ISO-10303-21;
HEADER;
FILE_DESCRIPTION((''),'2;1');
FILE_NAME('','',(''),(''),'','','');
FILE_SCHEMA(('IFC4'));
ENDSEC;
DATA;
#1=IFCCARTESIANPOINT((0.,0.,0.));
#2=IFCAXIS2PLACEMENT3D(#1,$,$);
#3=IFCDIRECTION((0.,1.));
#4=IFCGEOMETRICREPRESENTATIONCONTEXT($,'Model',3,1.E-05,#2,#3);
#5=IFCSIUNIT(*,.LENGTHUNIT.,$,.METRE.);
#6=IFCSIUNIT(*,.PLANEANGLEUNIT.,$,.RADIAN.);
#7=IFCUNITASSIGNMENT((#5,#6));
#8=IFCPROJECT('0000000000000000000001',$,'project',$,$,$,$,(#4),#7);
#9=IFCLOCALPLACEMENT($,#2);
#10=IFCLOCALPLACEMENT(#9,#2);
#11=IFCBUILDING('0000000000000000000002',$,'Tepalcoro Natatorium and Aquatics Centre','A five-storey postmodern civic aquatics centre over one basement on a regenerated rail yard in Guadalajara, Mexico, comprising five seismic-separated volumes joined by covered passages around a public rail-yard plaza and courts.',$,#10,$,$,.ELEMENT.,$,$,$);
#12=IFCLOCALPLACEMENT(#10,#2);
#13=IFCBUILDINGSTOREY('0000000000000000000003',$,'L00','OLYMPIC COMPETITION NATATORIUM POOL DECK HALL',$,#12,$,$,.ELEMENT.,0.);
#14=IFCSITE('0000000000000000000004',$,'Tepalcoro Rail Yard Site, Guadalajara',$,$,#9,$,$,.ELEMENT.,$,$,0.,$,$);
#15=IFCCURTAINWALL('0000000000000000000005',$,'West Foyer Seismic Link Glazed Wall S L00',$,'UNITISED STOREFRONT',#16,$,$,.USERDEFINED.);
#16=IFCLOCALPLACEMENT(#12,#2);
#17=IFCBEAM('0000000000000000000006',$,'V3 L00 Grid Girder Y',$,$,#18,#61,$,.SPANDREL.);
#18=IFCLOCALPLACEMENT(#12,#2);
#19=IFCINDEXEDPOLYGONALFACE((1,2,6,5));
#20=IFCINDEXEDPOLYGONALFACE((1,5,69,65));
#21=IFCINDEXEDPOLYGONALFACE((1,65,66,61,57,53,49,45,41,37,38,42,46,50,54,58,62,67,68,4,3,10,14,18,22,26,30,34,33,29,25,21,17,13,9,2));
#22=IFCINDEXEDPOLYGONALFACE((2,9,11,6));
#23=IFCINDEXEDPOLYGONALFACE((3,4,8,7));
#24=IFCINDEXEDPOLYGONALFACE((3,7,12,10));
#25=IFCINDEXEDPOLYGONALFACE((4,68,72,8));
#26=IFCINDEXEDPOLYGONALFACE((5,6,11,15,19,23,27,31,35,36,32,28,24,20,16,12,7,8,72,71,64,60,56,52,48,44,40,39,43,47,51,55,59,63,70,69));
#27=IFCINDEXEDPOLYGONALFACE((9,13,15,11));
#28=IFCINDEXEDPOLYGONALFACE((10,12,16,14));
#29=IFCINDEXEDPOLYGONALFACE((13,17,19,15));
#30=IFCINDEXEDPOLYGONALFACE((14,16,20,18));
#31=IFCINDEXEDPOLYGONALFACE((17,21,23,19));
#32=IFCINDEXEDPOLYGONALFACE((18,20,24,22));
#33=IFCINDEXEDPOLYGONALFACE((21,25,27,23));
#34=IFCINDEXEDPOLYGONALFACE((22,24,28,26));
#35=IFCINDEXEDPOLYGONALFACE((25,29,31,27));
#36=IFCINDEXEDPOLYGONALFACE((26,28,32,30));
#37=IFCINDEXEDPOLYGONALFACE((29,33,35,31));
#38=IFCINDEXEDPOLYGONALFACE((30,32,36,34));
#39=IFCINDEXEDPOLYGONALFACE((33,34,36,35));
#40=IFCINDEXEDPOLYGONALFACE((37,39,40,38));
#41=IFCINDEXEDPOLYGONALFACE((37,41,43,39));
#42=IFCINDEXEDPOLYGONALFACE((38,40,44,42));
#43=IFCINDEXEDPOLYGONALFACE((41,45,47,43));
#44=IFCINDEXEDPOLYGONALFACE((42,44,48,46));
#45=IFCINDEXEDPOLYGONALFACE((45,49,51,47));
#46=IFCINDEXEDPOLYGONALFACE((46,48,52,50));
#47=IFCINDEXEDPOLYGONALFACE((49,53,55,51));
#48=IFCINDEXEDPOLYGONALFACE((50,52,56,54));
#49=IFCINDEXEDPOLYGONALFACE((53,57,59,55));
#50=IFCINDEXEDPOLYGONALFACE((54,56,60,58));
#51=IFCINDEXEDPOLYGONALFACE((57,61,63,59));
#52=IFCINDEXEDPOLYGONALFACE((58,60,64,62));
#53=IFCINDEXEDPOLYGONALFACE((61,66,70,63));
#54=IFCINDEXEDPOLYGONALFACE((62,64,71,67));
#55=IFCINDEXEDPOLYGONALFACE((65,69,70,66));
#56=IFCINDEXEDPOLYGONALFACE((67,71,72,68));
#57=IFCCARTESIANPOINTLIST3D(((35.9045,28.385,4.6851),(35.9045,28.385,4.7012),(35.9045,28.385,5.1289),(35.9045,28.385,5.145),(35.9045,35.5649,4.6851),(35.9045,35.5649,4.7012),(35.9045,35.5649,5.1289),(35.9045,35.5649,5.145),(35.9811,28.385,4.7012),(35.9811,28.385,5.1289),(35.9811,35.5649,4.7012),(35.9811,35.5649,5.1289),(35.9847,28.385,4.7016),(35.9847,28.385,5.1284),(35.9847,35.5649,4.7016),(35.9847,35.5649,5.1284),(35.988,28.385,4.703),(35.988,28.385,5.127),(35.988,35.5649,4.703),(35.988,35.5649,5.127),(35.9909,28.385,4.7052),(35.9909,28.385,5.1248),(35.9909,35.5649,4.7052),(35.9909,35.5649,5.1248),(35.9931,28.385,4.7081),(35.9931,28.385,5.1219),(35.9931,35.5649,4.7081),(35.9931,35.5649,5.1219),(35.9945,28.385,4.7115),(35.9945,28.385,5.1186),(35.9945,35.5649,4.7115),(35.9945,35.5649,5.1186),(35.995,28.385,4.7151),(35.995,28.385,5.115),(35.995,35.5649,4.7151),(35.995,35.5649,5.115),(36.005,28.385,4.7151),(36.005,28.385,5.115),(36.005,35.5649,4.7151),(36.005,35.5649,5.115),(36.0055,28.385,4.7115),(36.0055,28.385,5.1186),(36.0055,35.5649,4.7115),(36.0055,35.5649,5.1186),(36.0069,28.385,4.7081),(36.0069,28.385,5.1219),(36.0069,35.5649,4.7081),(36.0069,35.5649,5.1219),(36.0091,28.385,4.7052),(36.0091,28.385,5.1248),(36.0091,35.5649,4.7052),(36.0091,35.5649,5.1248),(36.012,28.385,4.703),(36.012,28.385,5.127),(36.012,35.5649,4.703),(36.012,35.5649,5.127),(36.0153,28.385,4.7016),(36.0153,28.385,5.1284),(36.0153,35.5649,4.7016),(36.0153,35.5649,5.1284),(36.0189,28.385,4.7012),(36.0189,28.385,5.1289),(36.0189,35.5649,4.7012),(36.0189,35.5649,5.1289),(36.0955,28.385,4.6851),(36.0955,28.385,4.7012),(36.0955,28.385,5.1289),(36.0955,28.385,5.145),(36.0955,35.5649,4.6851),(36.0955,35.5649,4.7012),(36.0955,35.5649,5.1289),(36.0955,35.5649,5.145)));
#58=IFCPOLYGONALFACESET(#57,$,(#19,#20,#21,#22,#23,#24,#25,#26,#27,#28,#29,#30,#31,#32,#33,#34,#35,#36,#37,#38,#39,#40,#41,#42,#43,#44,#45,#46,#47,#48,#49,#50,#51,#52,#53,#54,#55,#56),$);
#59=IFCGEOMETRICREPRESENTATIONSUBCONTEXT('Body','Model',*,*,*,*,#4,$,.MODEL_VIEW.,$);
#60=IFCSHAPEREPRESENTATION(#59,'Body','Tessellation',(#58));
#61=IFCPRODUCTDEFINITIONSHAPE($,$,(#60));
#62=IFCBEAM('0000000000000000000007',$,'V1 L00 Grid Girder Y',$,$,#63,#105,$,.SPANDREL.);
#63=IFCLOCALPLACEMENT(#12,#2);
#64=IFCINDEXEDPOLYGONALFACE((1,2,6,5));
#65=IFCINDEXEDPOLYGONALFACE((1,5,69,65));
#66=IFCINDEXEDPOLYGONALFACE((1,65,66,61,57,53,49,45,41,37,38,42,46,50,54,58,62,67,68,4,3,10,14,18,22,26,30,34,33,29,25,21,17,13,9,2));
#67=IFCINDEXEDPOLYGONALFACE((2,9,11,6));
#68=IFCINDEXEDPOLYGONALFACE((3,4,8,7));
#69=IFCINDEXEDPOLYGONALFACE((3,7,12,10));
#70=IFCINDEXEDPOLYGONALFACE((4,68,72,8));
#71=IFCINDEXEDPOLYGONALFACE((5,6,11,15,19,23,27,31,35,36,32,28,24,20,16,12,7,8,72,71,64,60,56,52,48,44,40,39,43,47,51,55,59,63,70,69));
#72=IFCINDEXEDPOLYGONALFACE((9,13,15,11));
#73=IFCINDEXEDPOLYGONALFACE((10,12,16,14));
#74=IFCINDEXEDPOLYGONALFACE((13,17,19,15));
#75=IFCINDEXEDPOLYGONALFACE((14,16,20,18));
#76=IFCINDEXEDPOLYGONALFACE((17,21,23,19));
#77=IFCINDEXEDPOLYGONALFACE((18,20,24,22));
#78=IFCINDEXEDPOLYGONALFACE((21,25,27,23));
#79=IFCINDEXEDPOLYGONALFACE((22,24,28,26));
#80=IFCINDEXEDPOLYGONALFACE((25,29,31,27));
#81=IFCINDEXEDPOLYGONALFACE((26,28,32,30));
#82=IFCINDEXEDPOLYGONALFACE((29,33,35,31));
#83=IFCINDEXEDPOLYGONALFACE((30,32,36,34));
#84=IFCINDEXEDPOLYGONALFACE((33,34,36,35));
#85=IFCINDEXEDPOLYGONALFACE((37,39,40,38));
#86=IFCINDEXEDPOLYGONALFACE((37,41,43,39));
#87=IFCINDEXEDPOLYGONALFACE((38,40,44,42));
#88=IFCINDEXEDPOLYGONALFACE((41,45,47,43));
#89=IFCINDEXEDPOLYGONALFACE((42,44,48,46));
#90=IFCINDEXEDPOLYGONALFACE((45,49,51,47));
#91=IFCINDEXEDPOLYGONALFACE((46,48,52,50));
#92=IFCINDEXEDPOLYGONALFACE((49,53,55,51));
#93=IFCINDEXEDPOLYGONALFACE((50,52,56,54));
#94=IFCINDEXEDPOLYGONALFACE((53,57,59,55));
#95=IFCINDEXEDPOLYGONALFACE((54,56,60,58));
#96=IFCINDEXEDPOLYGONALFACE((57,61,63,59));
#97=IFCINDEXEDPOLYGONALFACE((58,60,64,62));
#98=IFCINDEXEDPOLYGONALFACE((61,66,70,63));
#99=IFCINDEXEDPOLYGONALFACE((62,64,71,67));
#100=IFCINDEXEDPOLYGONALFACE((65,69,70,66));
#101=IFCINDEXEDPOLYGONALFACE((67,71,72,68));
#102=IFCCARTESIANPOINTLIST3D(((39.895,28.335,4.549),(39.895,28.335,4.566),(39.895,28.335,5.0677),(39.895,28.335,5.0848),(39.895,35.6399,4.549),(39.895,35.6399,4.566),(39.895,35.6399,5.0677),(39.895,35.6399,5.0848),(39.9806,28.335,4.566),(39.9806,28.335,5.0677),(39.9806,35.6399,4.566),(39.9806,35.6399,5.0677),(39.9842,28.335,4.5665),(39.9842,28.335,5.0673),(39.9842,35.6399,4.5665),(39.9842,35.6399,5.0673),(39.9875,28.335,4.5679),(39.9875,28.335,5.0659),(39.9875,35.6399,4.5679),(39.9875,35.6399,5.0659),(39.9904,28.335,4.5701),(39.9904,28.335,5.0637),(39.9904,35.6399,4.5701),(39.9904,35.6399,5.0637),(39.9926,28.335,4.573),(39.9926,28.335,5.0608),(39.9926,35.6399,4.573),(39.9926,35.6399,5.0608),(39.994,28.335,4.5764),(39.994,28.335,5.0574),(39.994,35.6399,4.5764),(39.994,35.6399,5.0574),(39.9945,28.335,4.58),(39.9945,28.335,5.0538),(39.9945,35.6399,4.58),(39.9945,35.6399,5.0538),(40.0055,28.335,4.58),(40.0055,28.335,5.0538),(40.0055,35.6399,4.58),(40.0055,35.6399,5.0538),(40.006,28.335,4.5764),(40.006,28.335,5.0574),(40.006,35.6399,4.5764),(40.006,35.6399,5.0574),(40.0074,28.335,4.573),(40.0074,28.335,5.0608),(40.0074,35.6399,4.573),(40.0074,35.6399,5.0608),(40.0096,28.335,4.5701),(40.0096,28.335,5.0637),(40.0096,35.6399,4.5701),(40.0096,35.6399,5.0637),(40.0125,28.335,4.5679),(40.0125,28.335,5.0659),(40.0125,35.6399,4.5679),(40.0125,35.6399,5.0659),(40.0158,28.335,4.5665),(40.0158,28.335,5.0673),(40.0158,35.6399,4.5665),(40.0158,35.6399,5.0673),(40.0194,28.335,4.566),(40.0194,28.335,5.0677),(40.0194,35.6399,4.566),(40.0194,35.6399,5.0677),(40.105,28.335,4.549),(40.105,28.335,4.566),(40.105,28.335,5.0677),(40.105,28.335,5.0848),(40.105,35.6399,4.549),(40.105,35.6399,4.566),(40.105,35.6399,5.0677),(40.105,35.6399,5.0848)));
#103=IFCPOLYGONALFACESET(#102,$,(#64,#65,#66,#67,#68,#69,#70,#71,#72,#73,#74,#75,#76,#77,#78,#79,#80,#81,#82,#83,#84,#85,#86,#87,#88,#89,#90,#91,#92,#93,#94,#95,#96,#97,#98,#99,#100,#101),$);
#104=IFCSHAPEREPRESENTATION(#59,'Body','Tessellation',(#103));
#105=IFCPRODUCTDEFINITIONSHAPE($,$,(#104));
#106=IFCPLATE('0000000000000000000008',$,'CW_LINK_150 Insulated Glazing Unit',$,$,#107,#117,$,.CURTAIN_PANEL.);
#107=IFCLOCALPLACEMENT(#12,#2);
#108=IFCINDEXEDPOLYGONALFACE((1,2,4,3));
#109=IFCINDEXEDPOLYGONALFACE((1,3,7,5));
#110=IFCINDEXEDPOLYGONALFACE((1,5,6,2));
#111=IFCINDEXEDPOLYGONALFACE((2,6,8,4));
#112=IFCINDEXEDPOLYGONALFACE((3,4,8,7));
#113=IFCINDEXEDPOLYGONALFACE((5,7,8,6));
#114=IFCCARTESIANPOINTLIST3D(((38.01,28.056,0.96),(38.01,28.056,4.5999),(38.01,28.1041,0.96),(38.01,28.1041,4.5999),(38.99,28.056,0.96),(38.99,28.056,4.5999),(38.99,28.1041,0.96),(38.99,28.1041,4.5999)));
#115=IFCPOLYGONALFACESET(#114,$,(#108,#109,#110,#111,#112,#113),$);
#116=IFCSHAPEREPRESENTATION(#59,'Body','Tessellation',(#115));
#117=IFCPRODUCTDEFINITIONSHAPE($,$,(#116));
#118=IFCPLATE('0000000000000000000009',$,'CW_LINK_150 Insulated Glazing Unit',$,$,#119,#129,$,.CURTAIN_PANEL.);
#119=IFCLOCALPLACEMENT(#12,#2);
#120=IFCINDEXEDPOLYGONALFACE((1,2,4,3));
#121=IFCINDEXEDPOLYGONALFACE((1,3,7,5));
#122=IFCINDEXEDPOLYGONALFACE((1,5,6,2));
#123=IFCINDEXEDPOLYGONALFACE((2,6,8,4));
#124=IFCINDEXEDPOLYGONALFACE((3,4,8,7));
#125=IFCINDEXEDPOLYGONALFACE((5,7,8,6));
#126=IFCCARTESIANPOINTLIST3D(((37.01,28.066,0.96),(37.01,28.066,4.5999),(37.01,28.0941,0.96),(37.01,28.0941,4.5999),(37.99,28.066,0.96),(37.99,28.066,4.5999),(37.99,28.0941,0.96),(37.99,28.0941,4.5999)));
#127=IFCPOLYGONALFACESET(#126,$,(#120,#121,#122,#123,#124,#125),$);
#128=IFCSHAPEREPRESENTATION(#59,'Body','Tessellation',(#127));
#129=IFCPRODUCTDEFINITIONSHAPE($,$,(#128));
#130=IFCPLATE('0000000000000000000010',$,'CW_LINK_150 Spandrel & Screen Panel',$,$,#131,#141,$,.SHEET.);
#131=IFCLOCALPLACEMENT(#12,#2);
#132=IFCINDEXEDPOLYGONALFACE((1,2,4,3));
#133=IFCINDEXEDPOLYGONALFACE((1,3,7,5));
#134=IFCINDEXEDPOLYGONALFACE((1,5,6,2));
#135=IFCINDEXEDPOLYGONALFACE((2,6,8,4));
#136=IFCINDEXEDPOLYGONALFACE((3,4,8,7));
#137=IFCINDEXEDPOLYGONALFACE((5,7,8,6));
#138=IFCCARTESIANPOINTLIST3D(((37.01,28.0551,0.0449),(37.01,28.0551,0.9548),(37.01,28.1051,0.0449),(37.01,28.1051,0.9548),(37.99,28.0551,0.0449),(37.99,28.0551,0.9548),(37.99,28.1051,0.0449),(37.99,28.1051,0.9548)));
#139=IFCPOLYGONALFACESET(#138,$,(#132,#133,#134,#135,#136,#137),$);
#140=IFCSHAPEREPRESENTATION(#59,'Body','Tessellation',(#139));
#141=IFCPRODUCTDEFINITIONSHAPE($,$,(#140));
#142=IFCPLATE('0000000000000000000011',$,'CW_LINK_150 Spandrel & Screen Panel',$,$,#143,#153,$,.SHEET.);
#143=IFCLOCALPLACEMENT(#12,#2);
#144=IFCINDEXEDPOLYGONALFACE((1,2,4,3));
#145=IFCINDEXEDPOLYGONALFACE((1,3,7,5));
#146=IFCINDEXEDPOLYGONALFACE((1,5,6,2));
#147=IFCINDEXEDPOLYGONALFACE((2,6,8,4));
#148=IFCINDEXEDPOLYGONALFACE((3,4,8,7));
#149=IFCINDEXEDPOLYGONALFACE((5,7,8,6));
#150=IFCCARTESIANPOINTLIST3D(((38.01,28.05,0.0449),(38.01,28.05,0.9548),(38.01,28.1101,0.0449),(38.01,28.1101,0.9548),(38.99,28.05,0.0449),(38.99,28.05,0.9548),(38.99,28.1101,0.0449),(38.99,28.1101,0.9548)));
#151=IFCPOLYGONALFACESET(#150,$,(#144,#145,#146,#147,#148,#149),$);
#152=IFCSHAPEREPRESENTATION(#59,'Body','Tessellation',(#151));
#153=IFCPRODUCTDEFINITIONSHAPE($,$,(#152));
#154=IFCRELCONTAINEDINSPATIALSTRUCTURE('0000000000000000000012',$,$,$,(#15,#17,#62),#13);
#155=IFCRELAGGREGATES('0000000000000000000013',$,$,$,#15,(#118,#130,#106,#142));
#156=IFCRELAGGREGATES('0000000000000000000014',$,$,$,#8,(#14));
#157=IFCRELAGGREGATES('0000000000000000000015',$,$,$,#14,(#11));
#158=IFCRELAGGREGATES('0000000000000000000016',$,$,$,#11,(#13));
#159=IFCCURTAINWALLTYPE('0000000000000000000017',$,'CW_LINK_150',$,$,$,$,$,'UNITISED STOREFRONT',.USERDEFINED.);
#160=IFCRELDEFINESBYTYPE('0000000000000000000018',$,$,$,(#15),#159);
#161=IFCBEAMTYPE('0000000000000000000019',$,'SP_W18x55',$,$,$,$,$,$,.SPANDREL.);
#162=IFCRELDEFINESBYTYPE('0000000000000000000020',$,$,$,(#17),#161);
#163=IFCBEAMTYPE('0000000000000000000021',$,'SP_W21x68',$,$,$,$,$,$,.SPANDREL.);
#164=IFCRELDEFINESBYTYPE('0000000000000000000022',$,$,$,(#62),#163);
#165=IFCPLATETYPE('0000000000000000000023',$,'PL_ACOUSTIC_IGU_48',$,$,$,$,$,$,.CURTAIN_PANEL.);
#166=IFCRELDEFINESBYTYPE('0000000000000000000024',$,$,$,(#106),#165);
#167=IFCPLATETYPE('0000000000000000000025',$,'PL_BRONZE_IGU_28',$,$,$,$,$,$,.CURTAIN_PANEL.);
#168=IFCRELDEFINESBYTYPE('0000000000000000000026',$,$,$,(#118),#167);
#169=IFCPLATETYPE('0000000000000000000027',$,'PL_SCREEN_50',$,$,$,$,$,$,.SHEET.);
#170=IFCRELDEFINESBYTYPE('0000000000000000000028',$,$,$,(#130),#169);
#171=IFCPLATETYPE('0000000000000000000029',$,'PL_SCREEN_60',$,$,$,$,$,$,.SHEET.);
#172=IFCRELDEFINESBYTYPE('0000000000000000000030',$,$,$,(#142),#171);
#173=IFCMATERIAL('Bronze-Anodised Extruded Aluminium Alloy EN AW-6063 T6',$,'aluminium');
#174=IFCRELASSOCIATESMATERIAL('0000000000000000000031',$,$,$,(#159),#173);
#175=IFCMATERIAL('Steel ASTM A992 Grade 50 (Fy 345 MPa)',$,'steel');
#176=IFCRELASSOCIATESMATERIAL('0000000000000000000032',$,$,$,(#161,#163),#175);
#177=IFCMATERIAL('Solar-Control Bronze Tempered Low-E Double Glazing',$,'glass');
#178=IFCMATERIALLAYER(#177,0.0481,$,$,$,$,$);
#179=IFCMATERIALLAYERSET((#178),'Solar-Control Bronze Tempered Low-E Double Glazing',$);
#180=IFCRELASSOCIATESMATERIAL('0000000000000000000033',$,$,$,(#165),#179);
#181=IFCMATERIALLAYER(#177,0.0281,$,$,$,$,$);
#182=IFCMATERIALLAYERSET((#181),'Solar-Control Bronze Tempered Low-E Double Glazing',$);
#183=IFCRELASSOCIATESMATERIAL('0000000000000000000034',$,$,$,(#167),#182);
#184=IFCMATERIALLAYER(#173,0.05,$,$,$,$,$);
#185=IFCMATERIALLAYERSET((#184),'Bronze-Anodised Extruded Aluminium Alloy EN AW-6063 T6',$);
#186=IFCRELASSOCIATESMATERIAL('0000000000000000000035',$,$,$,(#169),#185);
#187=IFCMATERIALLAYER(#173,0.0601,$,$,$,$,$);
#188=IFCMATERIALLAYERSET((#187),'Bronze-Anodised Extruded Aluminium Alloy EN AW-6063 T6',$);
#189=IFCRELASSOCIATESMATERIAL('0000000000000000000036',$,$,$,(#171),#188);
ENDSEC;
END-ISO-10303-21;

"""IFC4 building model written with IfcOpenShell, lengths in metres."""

from ifc_helpers import new_model, si_unit, direction, frame, origin, origin_2d, place, context, subcontext, project, spatial, rectangle, i_section, extrude, material, layer, layer_set, material_profile, profile_set, type_object, element, aggregate, save


model = new_model("IFC4")

# Units and contexts
model_context = context("Model", 3, precision=1e-05, world=origin(), true_north=direction((0.0, 1.0)))
body_context = subcontext(model_context, "Body", "Model", "MODEL_VIEW")
ifc_project = project(units=[si_unit("LENGTHUNIT", "METRE"), si_unit("PLANEANGLEUNIT", "RADIAN")], contexts=[model_context])

# Site, building, storey
site_placement = place(None, origin())
site = spatial("IfcSite", under=ifc_project, at=site_placement, Name="Tepalcoro Rail Yard Site, Guadalajara", CompositionType="ELEMENT", RefElevation=0.0)
building_placement = place(site_placement, origin())
building = spatial("IfcBuilding", under=site, at=building_placement, Name="Tepalcoro Natatorium and Aquatics Centre", Description="A five-storey postmodern civic aquatics centre over one basement on a regenerated rail yard in Guadalajara, Mexico, comprising five seismic-separated volumes joined by covered passages around a public rail-yard plaza and courts.", CompositionType="ELEMENT")
storey_placement = place(building_placement, origin())
storey = spatial("IfcBuildingStorey", under=building, at=storey_placement, Name="L00", Description="OLYMPIC COMPETITION NATATORIUM POOL DECK HALL", CompositionType="ELEMENT", Elevation=0.0)

# Shared definitions
ifc_material_1 = material(Name="Steel ASTM A992 Grade 50 (Fy 345 MPa)", Category="steel")

# Curtain wall
ifc_material_2 = material(Name="Bronze-Anodised Extruded Aluminium Alloy EN AW-6063 T6", Category="aluminium")
curtain_wall_type_1 = type_object("IfcCurtainWallType", Name="CW_LINK_150", ElementType="UNITISED STOREFRONT", PredefinedType="USERDEFINED", material=ifc_material_2)
curtain_wall_1_placement = place(storey_placement, origin())
curtain_wall_1 = element("IfcCurtainWall", 1, at=curtain_wall_1_placement, inside=storey, type_object=curtain_wall_type_1, Name="West Foyer Seismic Link Glazed Wall S L00", ObjectType="UNITISED STOREFRONT", PredefinedType="USERDEFINED")

# Beams
ifc_material_profile_1 = material_profile(ifc_material_1, i_section(OverallWidth=0.1909, OverallDepth=0.46, WebThickness=0.01, FlangeThickness=0.0161, FilletRadius=0.0139, at=origin_2d()), Name="W18X55")
ifc_profile_set_1 = profile_set([ifc_material_profile_1], Name="Steel ASTM A992 Grade 50 (Fy 345 MPa)")
beam_type_1 = type_object("IfcBeamType", Name="SP_W18x55", PredefinedType="SPANDREL", material=ifc_profile_set_1)
beam_1_placement = place(storey_placement, frame((36.0, 28.385, 4.915), z_axis=(0.0, 1.0, 0.0), x_axis=(-1.0, 0.0, 0.0)))
element("IfcBeam", 2, at=beam_1_placement, inside=storey, type_object=beam_type_1, Name="V3 L00 Grid Girder Y", PredefinedType="SPANDREL", context=body_context, shape_type="SweptSolid", body=[
    extrude(i_section(OverallWidth=0.1909, OverallDepth=0.46, WebThickness=0.01, FlangeThickness=0.0161, FilletRadius=0.0139, at=origin_2d()), origin(), (0.0, 0.0, 1.0), 7.1799),
])
ifc_material_profile_2 = material_profile(ifc_material_1, i_section(OverallWidth=0.21, OverallDepth=0.5359, WebThickness=0.011, FlangeThickness=0.0171, FilletRadius=0.0139, at=origin_2d()), Name="W21X68")
ifc_profile_set_2 = profile_set([ifc_material_profile_2], Name="Steel ASTM A992 Grade 50 (Fy 345 MPa)")
beam_type_2 = type_object("IfcBeamType", Name="SP_W21x68", PredefinedType="SPANDREL", material=ifc_profile_set_2)
beam_2_placement = place(storey_placement, frame((40.0, 28.335, 4.8169), z_axis=(0.0, 1.0, 0.0), x_axis=(-1.0, 0.0, 0.0)))
element("IfcBeam", 3, at=beam_2_placement, inside=storey, type_object=beam_type_2, Name="V1 L00 Grid Girder Y", PredefinedType="SPANDREL", context=body_context, shape_type="SweptSolid", body=[
    extrude(i_section(OverallWidth=0.21, OverallDepth=0.5359, WebThickness=0.011, FlangeThickness=0.0171, FilletRadius=0.0139, at=origin_2d()), origin(), (0.0, 0.0, 1.0), 7.3049),
])

# Plates
ifc_material_3 = material(Name="Solar-Control Bronze Tempered Low-E Double Glazing", Category="glass")
ifc_layer_1 = layer(ifc_material_3, 0.0481)
ifc_layer_set_1 = layer_set([ifc_layer_1], Name="Solar-Control Bronze Tempered Low-E Double Glazing")
plate_type_1 = type_object("IfcPlateType", Name="PL_ACOUSTIC_IGU_48", PredefinedType="CURTAIN_PANEL", material=ifc_layer_set_1)
plate_1_placement = place(storey_placement, frame((38.5, 28.0801, 0.96), z_axis=(0.0, 0.0, 1.0), x_axis=(1.0, 0.0, 0.0)))
plate_1 = element("IfcPlate", 4, at=plate_1_placement, type_object=plate_type_1, Name="CW_LINK_150 Insulated Glazing Unit", PredefinedType="CURTAIN_PANEL", context=body_context, shape_type="SweptSolid", body=[
    extrude(rectangle(XDim=0.98, YDim=0.0481, at=origin_2d()), origin(), (0.0, 0.0, 1.0), 3.6399),
])
ifc_layer_2 = layer(ifc_material_3, 0.0281)
ifc_layer_set_2 = layer_set([ifc_layer_2], Name="Solar-Control Bronze Tempered Low-E Double Glazing")
plate_type_2 = type_object("IfcPlateType", Name="PL_BRONZE_IGU_28", PredefinedType="CURTAIN_PANEL", material=ifc_layer_set_2)
plate_2_placement = place(storey_placement, frame((37.5, 28.0801, 0.96), z_axis=(0.0, 0.0, 1.0), x_axis=(1.0, 0.0, 0.0)))
plate_2 = element("IfcPlate", 5, at=plate_2_placement, type_object=plate_type_2, Name="CW_LINK_150 Insulated Glazing Unit", PredefinedType="CURTAIN_PANEL", context=body_context, shape_type="SweptSolid", body=[
    extrude(rectangle(XDim=0.98, YDim=0.0281, at=origin_2d()), origin(), (0.0, 0.0, 1.0), 3.6399),
])
ifc_layer_3 = layer(ifc_material_2, 0.05)
ifc_layer_set_3 = layer_set([ifc_layer_3], Name="Bronze-Anodised Extruded Aluminium Alloy EN AW-6063 T6")
plate_type_3 = type_object("IfcPlateType", Name="PL_SCREEN_50", PredefinedType="SHEET", material=ifc_layer_set_3)
plate_3_placement = place(storey_placement, frame((37.5, 28.0801, 0.0449), z_axis=(0.0, 0.0, 1.0), x_axis=(1.0, 0.0, 0.0)))
plate_3 = element("IfcPlate", 6, at=plate_3_placement, type_object=plate_type_3, Name="CW_LINK_150 Spandrel & Screen Panel", PredefinedType="SHEET", context=body_context, shape_type="SweptSolid", body=[
    extrude(rectangle(XDim=0.98, YDim=0.05, at=origin_2d()), origin(), (0.0, 0.0, 1.0), 0.9099),
])
ifc_layer_4 = layer(ifc_material_2, 0.0601)
ifc_layer_set_4 = layer_set([ifc_layer_4], Name="Bronze-Anodised Extruded Aluminium Alloy EN AW-6063 T6")
plate_type_4 = type_object("IfcPlateType", Name="PL_SCREEN_60", PredefinedType="SHEET", material=ifc_layer_set_4)
plate_4_placement = place(storey_placement, frame((38.5, 28.0801, 0.0449), z_axis=(0.0, 0.0, 1.0), x_axis=(1.0, 0.0, 0.0)))
plate_4 = element("IfcPlate", 7, at=plate_4_placement, type_object=plate_type_4, Name="CW_LINK_150 Spandrel & Screen Panel", PredefinedType="SHEET", context=body_context, shape_type="SweptSolid", body=[
    extrude(rectangle(XDim=0.98, YDim=0.0601, at=origin_2d()), origin(), (0.0, 0.0, 1.0), 0.9099),
])
aggregate(curtain_wall_1, [plate_2, plate_3, plate_1, plate_4])

save(model, "model.ifc")
